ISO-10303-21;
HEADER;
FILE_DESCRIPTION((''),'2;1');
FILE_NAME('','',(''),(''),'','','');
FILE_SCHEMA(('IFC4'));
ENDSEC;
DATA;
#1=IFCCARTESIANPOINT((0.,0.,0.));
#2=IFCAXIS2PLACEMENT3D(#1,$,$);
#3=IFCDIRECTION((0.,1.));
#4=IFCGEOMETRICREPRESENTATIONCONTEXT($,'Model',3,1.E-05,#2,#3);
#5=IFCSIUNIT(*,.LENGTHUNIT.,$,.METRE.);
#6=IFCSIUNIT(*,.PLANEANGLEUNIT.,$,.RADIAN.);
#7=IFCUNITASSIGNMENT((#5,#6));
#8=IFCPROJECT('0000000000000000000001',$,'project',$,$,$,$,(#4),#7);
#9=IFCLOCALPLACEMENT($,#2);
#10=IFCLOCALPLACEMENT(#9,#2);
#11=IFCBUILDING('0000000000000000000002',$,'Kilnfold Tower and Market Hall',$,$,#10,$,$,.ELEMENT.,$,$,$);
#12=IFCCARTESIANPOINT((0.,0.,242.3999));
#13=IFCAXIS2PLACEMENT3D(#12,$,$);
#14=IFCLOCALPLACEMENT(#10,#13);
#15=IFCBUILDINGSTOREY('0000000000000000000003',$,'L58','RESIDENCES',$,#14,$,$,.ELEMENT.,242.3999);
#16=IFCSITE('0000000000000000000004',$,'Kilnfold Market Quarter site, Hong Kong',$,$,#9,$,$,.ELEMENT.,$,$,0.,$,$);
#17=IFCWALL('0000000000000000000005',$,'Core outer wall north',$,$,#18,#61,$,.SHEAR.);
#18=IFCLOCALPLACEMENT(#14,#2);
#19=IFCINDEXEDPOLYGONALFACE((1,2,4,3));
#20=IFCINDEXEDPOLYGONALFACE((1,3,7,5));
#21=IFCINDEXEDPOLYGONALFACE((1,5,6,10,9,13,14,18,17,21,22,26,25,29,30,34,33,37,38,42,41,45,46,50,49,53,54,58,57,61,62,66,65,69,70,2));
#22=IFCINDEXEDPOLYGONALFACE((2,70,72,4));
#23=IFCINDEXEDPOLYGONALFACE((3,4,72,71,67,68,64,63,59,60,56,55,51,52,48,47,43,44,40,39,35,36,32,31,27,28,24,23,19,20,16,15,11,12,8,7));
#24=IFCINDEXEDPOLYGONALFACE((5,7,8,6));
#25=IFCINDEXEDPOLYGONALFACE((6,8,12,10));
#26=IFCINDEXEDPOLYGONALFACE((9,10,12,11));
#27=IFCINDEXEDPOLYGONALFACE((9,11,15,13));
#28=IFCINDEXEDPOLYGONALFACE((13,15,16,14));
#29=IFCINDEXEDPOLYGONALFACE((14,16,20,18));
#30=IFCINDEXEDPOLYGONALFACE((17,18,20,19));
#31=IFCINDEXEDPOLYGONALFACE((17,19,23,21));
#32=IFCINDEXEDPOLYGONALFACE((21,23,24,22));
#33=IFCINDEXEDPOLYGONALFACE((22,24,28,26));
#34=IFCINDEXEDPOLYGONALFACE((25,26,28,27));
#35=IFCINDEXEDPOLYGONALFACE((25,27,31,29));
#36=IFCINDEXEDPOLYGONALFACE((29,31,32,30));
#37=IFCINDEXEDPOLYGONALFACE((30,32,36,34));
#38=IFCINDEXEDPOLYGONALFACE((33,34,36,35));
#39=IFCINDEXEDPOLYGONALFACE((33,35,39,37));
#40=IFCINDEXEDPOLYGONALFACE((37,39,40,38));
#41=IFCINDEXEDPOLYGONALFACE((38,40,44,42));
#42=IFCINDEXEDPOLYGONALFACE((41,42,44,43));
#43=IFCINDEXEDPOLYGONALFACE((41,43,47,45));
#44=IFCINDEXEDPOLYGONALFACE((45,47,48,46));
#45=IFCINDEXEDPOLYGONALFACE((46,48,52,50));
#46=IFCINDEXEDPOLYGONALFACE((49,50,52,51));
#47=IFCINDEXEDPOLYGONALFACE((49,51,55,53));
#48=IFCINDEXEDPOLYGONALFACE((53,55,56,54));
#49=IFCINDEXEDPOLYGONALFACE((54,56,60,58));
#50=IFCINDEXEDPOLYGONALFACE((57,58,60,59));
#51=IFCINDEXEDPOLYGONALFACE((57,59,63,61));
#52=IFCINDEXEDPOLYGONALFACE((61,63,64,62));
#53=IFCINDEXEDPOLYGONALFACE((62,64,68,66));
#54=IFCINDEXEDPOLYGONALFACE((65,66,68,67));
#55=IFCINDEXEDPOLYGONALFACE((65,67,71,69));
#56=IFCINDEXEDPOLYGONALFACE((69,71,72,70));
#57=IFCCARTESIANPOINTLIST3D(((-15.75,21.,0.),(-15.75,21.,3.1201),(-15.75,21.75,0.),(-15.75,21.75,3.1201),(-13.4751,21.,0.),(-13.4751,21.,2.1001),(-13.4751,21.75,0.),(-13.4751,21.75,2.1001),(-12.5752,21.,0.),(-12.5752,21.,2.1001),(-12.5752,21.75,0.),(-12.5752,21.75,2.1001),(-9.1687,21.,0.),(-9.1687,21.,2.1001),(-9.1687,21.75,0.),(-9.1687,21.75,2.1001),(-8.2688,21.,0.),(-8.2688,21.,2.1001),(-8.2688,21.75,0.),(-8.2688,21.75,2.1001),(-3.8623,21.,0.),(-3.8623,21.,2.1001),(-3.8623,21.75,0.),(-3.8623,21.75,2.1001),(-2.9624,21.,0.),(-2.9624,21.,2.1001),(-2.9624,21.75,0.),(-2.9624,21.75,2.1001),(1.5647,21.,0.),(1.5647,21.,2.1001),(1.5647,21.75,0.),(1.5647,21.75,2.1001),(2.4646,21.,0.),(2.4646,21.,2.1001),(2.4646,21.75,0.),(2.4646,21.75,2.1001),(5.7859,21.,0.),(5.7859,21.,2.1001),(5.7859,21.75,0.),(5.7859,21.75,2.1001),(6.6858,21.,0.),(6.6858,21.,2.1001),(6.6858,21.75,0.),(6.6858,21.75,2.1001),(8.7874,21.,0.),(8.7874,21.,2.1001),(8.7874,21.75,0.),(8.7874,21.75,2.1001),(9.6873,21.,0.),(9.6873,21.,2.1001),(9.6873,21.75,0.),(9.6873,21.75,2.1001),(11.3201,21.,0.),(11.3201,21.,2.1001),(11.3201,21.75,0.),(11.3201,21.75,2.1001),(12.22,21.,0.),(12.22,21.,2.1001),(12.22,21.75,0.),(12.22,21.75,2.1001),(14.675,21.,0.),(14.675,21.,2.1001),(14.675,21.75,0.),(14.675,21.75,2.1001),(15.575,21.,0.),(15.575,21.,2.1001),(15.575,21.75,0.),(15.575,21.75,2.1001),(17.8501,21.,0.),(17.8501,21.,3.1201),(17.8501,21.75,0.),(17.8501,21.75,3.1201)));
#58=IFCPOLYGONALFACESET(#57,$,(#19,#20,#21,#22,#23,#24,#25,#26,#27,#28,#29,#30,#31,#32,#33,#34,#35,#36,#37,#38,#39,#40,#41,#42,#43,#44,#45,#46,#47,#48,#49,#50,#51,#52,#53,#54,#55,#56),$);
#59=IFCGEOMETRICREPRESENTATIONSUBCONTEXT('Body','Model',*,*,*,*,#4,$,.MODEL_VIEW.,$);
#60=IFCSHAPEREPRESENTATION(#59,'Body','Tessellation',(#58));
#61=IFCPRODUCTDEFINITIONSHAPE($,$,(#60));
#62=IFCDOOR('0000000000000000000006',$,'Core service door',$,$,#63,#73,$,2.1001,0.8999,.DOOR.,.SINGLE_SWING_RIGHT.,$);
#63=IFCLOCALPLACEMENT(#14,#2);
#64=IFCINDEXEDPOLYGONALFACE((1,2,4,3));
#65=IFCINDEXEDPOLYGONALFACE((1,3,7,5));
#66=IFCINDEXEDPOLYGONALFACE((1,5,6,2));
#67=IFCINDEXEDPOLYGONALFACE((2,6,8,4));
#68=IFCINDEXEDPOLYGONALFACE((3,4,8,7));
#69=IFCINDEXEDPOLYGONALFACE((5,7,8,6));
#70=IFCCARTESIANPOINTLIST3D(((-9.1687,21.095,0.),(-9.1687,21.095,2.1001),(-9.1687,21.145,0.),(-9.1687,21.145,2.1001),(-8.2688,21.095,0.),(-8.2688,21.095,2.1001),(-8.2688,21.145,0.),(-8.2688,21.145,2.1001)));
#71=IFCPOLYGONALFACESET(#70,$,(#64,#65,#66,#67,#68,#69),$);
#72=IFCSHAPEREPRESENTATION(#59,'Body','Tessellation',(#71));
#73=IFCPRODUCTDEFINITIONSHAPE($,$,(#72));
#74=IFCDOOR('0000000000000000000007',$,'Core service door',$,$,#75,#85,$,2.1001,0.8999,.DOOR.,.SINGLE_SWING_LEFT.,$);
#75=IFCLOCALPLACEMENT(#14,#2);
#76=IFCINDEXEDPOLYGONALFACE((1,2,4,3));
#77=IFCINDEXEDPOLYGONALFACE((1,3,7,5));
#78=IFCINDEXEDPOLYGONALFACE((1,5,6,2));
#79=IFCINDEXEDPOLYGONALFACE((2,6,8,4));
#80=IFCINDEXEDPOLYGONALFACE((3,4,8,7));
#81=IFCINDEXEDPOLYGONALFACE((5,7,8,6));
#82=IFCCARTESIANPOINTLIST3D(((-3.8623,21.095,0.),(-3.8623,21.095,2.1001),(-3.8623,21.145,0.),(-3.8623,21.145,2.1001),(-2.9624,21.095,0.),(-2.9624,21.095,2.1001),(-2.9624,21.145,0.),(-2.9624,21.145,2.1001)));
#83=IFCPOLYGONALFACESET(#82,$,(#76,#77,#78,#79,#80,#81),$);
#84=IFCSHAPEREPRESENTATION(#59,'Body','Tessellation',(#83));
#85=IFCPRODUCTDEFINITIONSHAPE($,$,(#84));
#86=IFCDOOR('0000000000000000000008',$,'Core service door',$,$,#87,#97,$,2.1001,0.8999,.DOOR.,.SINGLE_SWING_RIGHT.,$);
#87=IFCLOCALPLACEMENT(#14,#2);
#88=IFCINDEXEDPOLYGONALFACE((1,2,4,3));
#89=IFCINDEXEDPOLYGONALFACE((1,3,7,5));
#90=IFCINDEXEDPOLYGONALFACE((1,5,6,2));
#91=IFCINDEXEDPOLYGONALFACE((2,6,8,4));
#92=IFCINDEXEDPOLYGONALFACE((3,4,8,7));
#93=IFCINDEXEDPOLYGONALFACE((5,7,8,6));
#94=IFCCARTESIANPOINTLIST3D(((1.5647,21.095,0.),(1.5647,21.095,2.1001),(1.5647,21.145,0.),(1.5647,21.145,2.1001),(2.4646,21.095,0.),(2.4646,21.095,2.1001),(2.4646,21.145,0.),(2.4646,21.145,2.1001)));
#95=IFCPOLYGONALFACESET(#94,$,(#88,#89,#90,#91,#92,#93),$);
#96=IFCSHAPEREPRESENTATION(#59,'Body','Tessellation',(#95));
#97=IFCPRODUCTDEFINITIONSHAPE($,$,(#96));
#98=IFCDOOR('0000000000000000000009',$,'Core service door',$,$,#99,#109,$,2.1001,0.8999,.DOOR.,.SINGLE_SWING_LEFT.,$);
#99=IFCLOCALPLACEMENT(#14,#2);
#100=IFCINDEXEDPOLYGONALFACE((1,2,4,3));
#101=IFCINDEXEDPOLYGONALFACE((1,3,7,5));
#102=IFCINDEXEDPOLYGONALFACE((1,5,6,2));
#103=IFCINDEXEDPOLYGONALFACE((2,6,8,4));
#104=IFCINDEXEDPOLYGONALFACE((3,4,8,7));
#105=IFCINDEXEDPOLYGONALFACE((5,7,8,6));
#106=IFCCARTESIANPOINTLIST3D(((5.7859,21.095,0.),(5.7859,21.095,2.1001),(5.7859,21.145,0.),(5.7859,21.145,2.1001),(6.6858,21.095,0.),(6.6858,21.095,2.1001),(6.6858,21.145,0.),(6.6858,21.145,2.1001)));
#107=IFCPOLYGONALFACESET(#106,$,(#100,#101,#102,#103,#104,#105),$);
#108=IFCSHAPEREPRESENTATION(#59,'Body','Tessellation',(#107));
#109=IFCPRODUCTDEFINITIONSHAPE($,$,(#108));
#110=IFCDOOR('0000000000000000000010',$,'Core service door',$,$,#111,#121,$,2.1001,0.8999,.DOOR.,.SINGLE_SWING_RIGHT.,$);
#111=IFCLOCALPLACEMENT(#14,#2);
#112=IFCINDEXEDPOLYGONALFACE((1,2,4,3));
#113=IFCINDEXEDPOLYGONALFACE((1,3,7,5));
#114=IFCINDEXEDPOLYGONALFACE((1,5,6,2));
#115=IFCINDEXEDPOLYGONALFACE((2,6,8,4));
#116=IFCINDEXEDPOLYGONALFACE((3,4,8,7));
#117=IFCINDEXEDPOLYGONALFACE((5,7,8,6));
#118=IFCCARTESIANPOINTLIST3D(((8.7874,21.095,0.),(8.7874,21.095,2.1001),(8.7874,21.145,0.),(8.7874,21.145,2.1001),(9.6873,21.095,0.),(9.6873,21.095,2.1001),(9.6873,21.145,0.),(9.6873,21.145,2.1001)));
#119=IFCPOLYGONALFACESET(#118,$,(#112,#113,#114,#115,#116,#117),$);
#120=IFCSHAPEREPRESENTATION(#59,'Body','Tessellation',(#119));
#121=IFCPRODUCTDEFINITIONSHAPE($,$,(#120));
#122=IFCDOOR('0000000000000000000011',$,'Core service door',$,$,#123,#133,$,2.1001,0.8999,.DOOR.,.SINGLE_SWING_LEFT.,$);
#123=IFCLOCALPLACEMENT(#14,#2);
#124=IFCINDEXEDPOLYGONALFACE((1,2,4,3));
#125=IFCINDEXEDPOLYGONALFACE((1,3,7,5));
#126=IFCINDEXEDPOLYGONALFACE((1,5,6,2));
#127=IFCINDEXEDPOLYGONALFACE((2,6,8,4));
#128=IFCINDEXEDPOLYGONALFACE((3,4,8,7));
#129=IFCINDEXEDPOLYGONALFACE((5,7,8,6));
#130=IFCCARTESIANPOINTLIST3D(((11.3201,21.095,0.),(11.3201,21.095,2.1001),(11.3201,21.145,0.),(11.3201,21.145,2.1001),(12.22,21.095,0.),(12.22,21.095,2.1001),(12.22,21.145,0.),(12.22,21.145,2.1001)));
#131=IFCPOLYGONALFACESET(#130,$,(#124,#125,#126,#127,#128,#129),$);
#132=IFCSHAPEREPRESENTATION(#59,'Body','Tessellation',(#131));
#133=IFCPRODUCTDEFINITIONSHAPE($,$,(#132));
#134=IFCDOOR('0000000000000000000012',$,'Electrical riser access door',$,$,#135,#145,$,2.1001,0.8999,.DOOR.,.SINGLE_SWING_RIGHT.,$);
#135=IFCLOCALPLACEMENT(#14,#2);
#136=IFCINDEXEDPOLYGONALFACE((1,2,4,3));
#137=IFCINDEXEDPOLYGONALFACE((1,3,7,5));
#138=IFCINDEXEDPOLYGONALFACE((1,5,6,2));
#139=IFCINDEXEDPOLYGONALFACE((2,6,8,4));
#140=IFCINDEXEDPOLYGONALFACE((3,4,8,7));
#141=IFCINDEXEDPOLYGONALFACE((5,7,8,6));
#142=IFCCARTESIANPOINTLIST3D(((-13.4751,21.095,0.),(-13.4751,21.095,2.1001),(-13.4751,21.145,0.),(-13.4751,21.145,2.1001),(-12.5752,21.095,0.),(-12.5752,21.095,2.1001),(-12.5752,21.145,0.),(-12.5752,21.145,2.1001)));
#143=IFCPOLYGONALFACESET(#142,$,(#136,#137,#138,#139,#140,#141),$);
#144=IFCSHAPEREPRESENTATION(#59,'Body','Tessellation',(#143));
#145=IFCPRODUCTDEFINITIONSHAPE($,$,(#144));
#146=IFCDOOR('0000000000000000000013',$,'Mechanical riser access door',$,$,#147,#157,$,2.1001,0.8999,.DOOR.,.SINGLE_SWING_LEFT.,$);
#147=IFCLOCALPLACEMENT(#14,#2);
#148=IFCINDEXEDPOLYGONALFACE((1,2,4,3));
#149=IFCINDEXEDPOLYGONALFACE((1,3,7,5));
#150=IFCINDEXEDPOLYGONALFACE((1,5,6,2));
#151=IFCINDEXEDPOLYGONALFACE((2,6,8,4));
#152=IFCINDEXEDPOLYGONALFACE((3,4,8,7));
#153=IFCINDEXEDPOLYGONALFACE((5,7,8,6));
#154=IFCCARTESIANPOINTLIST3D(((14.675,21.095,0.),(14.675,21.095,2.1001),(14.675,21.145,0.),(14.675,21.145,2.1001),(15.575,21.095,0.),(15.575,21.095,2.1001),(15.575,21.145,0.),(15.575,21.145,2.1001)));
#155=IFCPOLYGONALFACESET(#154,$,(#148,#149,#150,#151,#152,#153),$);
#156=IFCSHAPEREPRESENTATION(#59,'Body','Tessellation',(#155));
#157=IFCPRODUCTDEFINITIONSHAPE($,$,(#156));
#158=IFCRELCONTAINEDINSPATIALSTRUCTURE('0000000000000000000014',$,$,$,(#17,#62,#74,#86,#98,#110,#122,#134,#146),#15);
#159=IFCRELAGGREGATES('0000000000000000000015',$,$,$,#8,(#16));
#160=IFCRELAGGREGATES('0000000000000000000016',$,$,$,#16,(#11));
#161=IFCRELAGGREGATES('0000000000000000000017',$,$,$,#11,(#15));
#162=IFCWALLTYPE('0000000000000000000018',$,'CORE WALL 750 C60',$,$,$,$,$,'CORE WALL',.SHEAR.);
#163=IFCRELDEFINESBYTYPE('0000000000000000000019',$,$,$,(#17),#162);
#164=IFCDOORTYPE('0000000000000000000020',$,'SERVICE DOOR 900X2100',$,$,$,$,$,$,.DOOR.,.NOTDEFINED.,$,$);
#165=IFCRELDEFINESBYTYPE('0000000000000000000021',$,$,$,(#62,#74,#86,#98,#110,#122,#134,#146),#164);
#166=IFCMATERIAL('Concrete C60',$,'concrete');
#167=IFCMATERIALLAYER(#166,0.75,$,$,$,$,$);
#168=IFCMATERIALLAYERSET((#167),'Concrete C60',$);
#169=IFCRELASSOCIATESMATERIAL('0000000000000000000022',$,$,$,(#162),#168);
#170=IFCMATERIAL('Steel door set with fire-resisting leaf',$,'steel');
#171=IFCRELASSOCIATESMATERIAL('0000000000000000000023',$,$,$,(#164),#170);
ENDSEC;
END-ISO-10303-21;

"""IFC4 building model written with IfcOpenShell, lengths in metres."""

from ifc_helpers import new_model, si_unit, direction, frame, frame_2d, origin, place, context, subcontext, project, spatial, rectangle, extrude, source, transform, mapped, material, layer, layer_set, type_object, element, fill, save


model = new_model("IFC4")

# Units and contexts
model_context = context("Model", 3, precision=1e-05, world=origin(), true_north=direction((0.0, 1.0)))
body_context = subcontext(model_context, "Body", "Model", "MODEL_VIEW")
ifc_project = project(units=[si_unit("LENGTHUNIT", "METRE"), si_unit("PLANEANGLEUNIT", "RADIAN")], contexts=[model_context])

# Site, building, storey
site_placement = place(None, origin())
site = spatial("IfcSite", under=ifc_project, at=site_placement, Name="Kilnfold Market Quarter site, Hong Kong", CompositionType="ELEMENT", RefElevation=0.0)
building_placement = place(site_placement, origin())
building = spatial("IfcBuilding", under=site, at=building_placement, Name="Kilnfold Tower and Market Hall", CompositionType="ELEMENT")
storey_placement = place(building_placement, frame((0.0, 0.0, 242.3999)))
storey = spatial("IfcBuildingStorey", under=building, at=storey_placement, Name="L58", Description="RESIDENCES", CompositionType="ELEMENT", Elevation=242.3999)

# Wall, openings, doors
ifc_material_1 = material(Name="Concrete C60", Category="concrete")
ifc_layer_1 = layer(ifc_material_1, 0.75)
ifc_layer_set_1 = layer_set([ifc_layer_1], Name="Concrete C60")
wall_type_1 = type_object("IfcWallType", Name="CORE WALL 750 C60", ElementType="CORE WALL", PredefinedType="SHEAR", material=ifc_layer_set_1)
shared_shape_1 = source(origin(), body_context, "Body", "SweptSolid", [
    extrude(rectangle(XDim=33.6001, YDim=0.75, at=frame_2d((16.8, 0.0))), origin(), (0.0, 0.0, 1.0), 3.1201),
])
wall_1_placement = place(storey_placement, frame((-15.75, 21.375, 0.0), z_axis=(0.0, 0.0, 1.0), x_axis=(1.0, 0.0, 0.0)))
wall_1 = element("IfcWall", 1, at=wall_1_placement, inside=storey, type_object=wall_type_1, Name="Core outer wall north", PredefinedType="SHEAR", context=body_context, shape_type="MappedRepresentation", body=[
    mapped(shared_shape_1, transform((0.0, 0.0, 0.0))),
])
opening_1_placement = place(wall_1_placement, frame((6.5813, 0.0, 0.0)))
opening_1 = element("IfcOpeningElement", 2, at=opening_1_placement, cuts=wall_1, PredefinedType="OPENING", context=body_context, shape_type="SweptSolid", body=[
    extrude(rectangle(XDim=0.8999, YDim=2.1001, at=frame_2d((0.45, 1.05))), frame((0.0, 0.385, 0.0), z_axis=(0.0, -1.0, 0.0), x_axis=(1.0, 0.0, 0.0)), (0.0, 0.0, 1.0), 0.77),
])
opening_2_placement = place(wall_1_placement, frame((11.8877, 0.0, 0.0)))
opening_2 = element("IfcOpeningElement", 3, at=opening_2_placement, cuts=wall_1, PredefinedType="OPENING", context=body_context, shape_type="SweptSolid", body=[
    extrude(rectangle(XDim=0.8999, YDim=2.1001, at=frame_2d((0.45, 1.05))), frame((0.0, 0.385, 0.0), z_axis=(0.0, -1.0, 0.0), x_axis=(1.0, 0.0, 0.0)), (0.0, 0.0, 1.0), 0.77),
])
opening_3_placement = place(wall_1_placement, frame((17.3147, 0.0, 0.0)))
opening_3 = element("IfcOpeningElement", 4, at=opening_3_placement, cuts=wall_1, PredefinedType="OPENING", context=body_context, shape_type="SweptSolid", body=[
    extrude(rectangle(XDim=0.8999, YDim=2.1001, at=frame_2d((0.45, 1.05))), frame((0.0, 0.385, 0.0), z_axis=(0.0, -1.0, 0.0), x_axis=(1.0, 0.0, 0.0)), (0.0, 0.0, 1.0), 0.77),
])
opening_4_placement = place(wall_1_placement, frame((21.5359, 0.0, 0.0)))
opening_4 = element("IfcOpeningElement", 5, at=opening_4_placement, cuts=wall_1, PredefinedType="OPENING", context=body_context, shape_type="SweptSolid", body=[
    extrude(rectangle(XDim=0.8999, YDim=2.1001, at=frame_2d((0.45, 1.05))), frame((0.0, 0.385, 0.0), z_axis=(0.0, -1.0, 0.0), x_axis=(1.0, 0.0, 0.0)), (0.0, 0.0, 1.0), 0.77),
])
opening_5_placement = place(wall_1_placement, frame((24.5374, 0.0, 0.0)))
opening_5 = element("IfcOpeningElement", 6, at=opening_5_placement, cuts=wall_1, PredefinedType="OPENING", context=body_context, shape_type="SweptSolid", body=[
    extrude(rectangle(XDim=0.8999, YDim=2.1001, at=frame_2d((0.45, 1.05))), frame((0.0, 0.385, 0.0), z_axis=(0.0, -1.0, 0.0), x_axis=(1.0, 0.0, 0.0)), (0.0, 0.0, 1.0), 0.77),
])
opening_6_placement = place(wall_1_placement, frame((27.0701, 0.0, 0.0)))
opening_6 = element("IfcOpeningElement", 7, at=opening_6_placement, cuts=wall_1, PredefinedType="OPENING", context=body_context, shape_type="SweptSolid", body=[
    extrude(rectangle(XDim=0.8999, YDim=2.1001, at=frame_2d((0.45, 1.05))), frame((0.0, 0.385, 0.0), z_axis=(0.0, -1.0, 0.0), x_axis=(1.0, 0.0, 0.0)), (0.0, 0.0, 1.0), 0.77),
])
opening_7_placement = place(wall_1_placement, frame((2.2749, 0.0, 0.0)))
opening_7 = element("IfcOpeningElement", 8, at=opening_7_placement, cuts=wall_1, PredefinedType="OPENING", context=body_context, shape_type="SweptSolid", body=[
    extrude(rectangle(XDim=0.8999, YDim=2.1001, at=frame_2d((0.45, 1.05))), frame((0.0, 0.385, 0.0), z_axis=(0.0, -1.0, 0.0), x_axis=(1.0, 0.0, 0.0)), (0.0, 0.0, 1.0), 0.77),
])
opening_8_placement = place(wall_1_placement, frame((30.425, 0.0, 0.0)))
opening_8 = element("IfcOpeningElement", 9, at=opening_8_placement, cuts=wall_1, PredefinedType="OPENING", context=body_context, shape_type="SweptSolid", body=[
    extrude(rectangle(XDim=0.8999, YDim=2.1001, at=frame_2d((0.45, 1.05))), frame((0.0, 0.385, 0.0), z_axis=(0.0, -1.0, 0.0), x_axis=(1.0, 0.0, 0.0)), (0.0, 0.0, 1.0), 0.77),
])
ifc_material_2 = material(Name="Steel door set with fire-resisting leaf", Category="steel")
door_type_1 = type_object("IfcDoorType", Name="SERVICE DOOR 900X2100", OperationType="NOTDEFINED", PredefinedType="DOOR", material=ifc_material_2)
door_1_placement = place(opening_1_placement, origin())
door_1 = element("IfcDoor", 10, at=door_1_placement, inside=storey, type_object=door_type_1, Name="Core service door", OperationType="SINGLE_SWING_RIGHT", OverallHeight=2.1001, OverallWidth=0.8999, PredefinedType="DOOR", context=body_context, shape_type="SweptSolid", body=[
    extrude(rectangle(XDim=0.8999, YDim=2.1001, at=frame_2d((0.45, 1.05))), frame((0.0, -0.23, 0.0), z_axis=(0.0, -1.0, 0.0), x_axis=(1.0, 0.0, 0.0)), (0.0, 0.0, 1.0), 0.05),
])
fill(opening_1, door_1)
door_2_placement = place(opening_2_placement, origin())
door_2 = element("IfcDoor", 11, at=door_2_placement, inside=storey, type_object=door_type_1, Name="Core service door", OperationType="SINGLE_SWING_LEFT", OverallHeight=2.1001, OverallWidth=0.8999, PredefinedType="DOOR", context=body_context, shape_type="SweptSolid", body=[
    extrude(rectangle(XDim=0.8999, YDim=2.1001, at=frame_2d((0.45, 1.05))), frame((0.0, -0.23, 0.0), z_axis=(0.0, -1.0, 0.0), x_axis=(1.0, 0.0, 0.0)), (0.0, 0.0, 1.0), 0.05),
])
fill(opening_2, door_2)
door_3_placement = place(opening_3_placement, origin())
door_3 = element("IfcDoor", 12, at=door_3_placement, inside=storey, type_object=door_type_1, Name="Core service door", OperationType="SINGLE_SWING_RIGHT", OverallHeight=2.1001, OverallWidth=0.8999, PredefinedType="DOOR", context=body_context, shape_type="SweptSolid", body=[
    extrude(rectangle(XDim=0.8999, YDim=2.1001, at=frame_2d((0.45, 1.05))), frame((0.0, -0.23, 0.0), z_axis=(0.0, -1.0, 0.0), x_axis=(1.0, 0.0, 0.0)), (0.0, 0.0, 1.0), 0.05),
])
fill(opening_3, door_3)
door_4_placement = place(opening_4_placement, origin())
door_4 = element("IfcDoor", 13, at=door_4_placement, inside=storey, type_object=door_type_1, Name="Core service door", OperationType="SINGLE_SWING_LEFT", OverallHeight=2.1001, OverallWidth=0.8999, PredefinedType="DOOR", context=body_context, shape_type="SweptSolid", body=[
    extrude(rectangle(XDim=0.8999, YDim=2.1001, at=frame_2d((0.45, 1.05))), frame((0.0, -0.23, 0.0), z_axis=(0.0, -1.0, 0.0), x_axis=(1.0, 0.0, 0.0)), (0.0, 0.0, 1.0), 0.05),
])
fill(opening_4, door_4)
door_5_placement = place(opening_5_placement, origin())
door_5 = element("IfcDoor", 14, at=door_5_placement, inside=storey, type_object=door_type_1, Name="Core service door", OperationType="SINGLE_SWING_RIGHT", OverallHeight=2.1001, OverallWidth=0.8999, PredefinedType="DOOR", context=body_context, shape_type="SweptSolid", body=[
    extrude(rectangle(XDim=0.8999, YDim=2.1001, at=frame_2d((0.45, 1.05))), frame((0.0, -0.23, 0.0), z_axis=(0.0, -1.0, 0.0), x_axis=(1.0, 0.0, 0.0)), (0.0, 0.0, 1.0), 0.05),
])
fill(opening_5, door_5)
door_6_placement = place(opening_6_placement, origin())
door_6 = element("IfcDoor", 15, at=door_6_placement, inside=storey, type_object=door_type_1, Name="Core service door", OperationType="SINGLE_SWING_LEFT", OverallHeight=2.1001, OverallWidth=0.8999, PredefinedType="DOOR", context=body_context, shape_type="SweptSolid", body=[
    extrude(rectangle(XDim=0.8999, YDim=2.1001, at=frame_2d((0.45, 1.05))), frame((0.0, -0.23, 0.0), z_axis=(0.0, -1.0, 0.0), x_axis=(1.0, 0.0, 0.0)), (0.0, 0.0, 1.0), 0.05),
])
fill(opening_6, door_6)
door_7_placement = place(opening_7_placement, origin())
door_7 = element("IfcDoor", 16, at=door_7_placement, inside=storey, type_object=door_type_1, Name="Electrical riser access door", OperationType="SINGLE_SWING_RIGHT", OverallHeight=2.1001, OverallWidth=0.8999, PredefinedType="DOOR", context=body_context, shape_type="SweptSolid", body=[
    extrude(rectangle(XDim=0.8999, YDim=2.1001, at=frame_2d((0.45, 1.05))), frame((0.0, -0.23, 0.0), z_axis=(0.0, -1.0, 0.0), x_axis=(1.0, 0.0, 0.0)), (0.0, 0.0, 1.0), 0.05),
])
fill(opening_7, door_7)
door_8_placement = place(opening_8_placement, origin())
door_8 = element("IfcDoor", 17, at=door_8_placement, inside=storey, type_object=door_type_1, Name="Mechanical riser access door", OperationType="SINGLE_SWING_LEFT", OverallHeight=2.1001, OverallWidth=0.8999, PredefinedType="DOOR", context=body_context, shape_type="SweptSolid", body=[
    extrude(rectangle(XDim=0.8999, YDim=2.1001, at=frame_2d((0.45, 1.05))), frame((0.0, -0.23, 0.0), z_axis=(0.0, -1.0, 0.0), x_axis=(1.0, 0.0, 0.0)), (0.0, 0.0, 1.0), 0.05),
])
fill(opening_8, door_8)

save(model, "model.ifc")
